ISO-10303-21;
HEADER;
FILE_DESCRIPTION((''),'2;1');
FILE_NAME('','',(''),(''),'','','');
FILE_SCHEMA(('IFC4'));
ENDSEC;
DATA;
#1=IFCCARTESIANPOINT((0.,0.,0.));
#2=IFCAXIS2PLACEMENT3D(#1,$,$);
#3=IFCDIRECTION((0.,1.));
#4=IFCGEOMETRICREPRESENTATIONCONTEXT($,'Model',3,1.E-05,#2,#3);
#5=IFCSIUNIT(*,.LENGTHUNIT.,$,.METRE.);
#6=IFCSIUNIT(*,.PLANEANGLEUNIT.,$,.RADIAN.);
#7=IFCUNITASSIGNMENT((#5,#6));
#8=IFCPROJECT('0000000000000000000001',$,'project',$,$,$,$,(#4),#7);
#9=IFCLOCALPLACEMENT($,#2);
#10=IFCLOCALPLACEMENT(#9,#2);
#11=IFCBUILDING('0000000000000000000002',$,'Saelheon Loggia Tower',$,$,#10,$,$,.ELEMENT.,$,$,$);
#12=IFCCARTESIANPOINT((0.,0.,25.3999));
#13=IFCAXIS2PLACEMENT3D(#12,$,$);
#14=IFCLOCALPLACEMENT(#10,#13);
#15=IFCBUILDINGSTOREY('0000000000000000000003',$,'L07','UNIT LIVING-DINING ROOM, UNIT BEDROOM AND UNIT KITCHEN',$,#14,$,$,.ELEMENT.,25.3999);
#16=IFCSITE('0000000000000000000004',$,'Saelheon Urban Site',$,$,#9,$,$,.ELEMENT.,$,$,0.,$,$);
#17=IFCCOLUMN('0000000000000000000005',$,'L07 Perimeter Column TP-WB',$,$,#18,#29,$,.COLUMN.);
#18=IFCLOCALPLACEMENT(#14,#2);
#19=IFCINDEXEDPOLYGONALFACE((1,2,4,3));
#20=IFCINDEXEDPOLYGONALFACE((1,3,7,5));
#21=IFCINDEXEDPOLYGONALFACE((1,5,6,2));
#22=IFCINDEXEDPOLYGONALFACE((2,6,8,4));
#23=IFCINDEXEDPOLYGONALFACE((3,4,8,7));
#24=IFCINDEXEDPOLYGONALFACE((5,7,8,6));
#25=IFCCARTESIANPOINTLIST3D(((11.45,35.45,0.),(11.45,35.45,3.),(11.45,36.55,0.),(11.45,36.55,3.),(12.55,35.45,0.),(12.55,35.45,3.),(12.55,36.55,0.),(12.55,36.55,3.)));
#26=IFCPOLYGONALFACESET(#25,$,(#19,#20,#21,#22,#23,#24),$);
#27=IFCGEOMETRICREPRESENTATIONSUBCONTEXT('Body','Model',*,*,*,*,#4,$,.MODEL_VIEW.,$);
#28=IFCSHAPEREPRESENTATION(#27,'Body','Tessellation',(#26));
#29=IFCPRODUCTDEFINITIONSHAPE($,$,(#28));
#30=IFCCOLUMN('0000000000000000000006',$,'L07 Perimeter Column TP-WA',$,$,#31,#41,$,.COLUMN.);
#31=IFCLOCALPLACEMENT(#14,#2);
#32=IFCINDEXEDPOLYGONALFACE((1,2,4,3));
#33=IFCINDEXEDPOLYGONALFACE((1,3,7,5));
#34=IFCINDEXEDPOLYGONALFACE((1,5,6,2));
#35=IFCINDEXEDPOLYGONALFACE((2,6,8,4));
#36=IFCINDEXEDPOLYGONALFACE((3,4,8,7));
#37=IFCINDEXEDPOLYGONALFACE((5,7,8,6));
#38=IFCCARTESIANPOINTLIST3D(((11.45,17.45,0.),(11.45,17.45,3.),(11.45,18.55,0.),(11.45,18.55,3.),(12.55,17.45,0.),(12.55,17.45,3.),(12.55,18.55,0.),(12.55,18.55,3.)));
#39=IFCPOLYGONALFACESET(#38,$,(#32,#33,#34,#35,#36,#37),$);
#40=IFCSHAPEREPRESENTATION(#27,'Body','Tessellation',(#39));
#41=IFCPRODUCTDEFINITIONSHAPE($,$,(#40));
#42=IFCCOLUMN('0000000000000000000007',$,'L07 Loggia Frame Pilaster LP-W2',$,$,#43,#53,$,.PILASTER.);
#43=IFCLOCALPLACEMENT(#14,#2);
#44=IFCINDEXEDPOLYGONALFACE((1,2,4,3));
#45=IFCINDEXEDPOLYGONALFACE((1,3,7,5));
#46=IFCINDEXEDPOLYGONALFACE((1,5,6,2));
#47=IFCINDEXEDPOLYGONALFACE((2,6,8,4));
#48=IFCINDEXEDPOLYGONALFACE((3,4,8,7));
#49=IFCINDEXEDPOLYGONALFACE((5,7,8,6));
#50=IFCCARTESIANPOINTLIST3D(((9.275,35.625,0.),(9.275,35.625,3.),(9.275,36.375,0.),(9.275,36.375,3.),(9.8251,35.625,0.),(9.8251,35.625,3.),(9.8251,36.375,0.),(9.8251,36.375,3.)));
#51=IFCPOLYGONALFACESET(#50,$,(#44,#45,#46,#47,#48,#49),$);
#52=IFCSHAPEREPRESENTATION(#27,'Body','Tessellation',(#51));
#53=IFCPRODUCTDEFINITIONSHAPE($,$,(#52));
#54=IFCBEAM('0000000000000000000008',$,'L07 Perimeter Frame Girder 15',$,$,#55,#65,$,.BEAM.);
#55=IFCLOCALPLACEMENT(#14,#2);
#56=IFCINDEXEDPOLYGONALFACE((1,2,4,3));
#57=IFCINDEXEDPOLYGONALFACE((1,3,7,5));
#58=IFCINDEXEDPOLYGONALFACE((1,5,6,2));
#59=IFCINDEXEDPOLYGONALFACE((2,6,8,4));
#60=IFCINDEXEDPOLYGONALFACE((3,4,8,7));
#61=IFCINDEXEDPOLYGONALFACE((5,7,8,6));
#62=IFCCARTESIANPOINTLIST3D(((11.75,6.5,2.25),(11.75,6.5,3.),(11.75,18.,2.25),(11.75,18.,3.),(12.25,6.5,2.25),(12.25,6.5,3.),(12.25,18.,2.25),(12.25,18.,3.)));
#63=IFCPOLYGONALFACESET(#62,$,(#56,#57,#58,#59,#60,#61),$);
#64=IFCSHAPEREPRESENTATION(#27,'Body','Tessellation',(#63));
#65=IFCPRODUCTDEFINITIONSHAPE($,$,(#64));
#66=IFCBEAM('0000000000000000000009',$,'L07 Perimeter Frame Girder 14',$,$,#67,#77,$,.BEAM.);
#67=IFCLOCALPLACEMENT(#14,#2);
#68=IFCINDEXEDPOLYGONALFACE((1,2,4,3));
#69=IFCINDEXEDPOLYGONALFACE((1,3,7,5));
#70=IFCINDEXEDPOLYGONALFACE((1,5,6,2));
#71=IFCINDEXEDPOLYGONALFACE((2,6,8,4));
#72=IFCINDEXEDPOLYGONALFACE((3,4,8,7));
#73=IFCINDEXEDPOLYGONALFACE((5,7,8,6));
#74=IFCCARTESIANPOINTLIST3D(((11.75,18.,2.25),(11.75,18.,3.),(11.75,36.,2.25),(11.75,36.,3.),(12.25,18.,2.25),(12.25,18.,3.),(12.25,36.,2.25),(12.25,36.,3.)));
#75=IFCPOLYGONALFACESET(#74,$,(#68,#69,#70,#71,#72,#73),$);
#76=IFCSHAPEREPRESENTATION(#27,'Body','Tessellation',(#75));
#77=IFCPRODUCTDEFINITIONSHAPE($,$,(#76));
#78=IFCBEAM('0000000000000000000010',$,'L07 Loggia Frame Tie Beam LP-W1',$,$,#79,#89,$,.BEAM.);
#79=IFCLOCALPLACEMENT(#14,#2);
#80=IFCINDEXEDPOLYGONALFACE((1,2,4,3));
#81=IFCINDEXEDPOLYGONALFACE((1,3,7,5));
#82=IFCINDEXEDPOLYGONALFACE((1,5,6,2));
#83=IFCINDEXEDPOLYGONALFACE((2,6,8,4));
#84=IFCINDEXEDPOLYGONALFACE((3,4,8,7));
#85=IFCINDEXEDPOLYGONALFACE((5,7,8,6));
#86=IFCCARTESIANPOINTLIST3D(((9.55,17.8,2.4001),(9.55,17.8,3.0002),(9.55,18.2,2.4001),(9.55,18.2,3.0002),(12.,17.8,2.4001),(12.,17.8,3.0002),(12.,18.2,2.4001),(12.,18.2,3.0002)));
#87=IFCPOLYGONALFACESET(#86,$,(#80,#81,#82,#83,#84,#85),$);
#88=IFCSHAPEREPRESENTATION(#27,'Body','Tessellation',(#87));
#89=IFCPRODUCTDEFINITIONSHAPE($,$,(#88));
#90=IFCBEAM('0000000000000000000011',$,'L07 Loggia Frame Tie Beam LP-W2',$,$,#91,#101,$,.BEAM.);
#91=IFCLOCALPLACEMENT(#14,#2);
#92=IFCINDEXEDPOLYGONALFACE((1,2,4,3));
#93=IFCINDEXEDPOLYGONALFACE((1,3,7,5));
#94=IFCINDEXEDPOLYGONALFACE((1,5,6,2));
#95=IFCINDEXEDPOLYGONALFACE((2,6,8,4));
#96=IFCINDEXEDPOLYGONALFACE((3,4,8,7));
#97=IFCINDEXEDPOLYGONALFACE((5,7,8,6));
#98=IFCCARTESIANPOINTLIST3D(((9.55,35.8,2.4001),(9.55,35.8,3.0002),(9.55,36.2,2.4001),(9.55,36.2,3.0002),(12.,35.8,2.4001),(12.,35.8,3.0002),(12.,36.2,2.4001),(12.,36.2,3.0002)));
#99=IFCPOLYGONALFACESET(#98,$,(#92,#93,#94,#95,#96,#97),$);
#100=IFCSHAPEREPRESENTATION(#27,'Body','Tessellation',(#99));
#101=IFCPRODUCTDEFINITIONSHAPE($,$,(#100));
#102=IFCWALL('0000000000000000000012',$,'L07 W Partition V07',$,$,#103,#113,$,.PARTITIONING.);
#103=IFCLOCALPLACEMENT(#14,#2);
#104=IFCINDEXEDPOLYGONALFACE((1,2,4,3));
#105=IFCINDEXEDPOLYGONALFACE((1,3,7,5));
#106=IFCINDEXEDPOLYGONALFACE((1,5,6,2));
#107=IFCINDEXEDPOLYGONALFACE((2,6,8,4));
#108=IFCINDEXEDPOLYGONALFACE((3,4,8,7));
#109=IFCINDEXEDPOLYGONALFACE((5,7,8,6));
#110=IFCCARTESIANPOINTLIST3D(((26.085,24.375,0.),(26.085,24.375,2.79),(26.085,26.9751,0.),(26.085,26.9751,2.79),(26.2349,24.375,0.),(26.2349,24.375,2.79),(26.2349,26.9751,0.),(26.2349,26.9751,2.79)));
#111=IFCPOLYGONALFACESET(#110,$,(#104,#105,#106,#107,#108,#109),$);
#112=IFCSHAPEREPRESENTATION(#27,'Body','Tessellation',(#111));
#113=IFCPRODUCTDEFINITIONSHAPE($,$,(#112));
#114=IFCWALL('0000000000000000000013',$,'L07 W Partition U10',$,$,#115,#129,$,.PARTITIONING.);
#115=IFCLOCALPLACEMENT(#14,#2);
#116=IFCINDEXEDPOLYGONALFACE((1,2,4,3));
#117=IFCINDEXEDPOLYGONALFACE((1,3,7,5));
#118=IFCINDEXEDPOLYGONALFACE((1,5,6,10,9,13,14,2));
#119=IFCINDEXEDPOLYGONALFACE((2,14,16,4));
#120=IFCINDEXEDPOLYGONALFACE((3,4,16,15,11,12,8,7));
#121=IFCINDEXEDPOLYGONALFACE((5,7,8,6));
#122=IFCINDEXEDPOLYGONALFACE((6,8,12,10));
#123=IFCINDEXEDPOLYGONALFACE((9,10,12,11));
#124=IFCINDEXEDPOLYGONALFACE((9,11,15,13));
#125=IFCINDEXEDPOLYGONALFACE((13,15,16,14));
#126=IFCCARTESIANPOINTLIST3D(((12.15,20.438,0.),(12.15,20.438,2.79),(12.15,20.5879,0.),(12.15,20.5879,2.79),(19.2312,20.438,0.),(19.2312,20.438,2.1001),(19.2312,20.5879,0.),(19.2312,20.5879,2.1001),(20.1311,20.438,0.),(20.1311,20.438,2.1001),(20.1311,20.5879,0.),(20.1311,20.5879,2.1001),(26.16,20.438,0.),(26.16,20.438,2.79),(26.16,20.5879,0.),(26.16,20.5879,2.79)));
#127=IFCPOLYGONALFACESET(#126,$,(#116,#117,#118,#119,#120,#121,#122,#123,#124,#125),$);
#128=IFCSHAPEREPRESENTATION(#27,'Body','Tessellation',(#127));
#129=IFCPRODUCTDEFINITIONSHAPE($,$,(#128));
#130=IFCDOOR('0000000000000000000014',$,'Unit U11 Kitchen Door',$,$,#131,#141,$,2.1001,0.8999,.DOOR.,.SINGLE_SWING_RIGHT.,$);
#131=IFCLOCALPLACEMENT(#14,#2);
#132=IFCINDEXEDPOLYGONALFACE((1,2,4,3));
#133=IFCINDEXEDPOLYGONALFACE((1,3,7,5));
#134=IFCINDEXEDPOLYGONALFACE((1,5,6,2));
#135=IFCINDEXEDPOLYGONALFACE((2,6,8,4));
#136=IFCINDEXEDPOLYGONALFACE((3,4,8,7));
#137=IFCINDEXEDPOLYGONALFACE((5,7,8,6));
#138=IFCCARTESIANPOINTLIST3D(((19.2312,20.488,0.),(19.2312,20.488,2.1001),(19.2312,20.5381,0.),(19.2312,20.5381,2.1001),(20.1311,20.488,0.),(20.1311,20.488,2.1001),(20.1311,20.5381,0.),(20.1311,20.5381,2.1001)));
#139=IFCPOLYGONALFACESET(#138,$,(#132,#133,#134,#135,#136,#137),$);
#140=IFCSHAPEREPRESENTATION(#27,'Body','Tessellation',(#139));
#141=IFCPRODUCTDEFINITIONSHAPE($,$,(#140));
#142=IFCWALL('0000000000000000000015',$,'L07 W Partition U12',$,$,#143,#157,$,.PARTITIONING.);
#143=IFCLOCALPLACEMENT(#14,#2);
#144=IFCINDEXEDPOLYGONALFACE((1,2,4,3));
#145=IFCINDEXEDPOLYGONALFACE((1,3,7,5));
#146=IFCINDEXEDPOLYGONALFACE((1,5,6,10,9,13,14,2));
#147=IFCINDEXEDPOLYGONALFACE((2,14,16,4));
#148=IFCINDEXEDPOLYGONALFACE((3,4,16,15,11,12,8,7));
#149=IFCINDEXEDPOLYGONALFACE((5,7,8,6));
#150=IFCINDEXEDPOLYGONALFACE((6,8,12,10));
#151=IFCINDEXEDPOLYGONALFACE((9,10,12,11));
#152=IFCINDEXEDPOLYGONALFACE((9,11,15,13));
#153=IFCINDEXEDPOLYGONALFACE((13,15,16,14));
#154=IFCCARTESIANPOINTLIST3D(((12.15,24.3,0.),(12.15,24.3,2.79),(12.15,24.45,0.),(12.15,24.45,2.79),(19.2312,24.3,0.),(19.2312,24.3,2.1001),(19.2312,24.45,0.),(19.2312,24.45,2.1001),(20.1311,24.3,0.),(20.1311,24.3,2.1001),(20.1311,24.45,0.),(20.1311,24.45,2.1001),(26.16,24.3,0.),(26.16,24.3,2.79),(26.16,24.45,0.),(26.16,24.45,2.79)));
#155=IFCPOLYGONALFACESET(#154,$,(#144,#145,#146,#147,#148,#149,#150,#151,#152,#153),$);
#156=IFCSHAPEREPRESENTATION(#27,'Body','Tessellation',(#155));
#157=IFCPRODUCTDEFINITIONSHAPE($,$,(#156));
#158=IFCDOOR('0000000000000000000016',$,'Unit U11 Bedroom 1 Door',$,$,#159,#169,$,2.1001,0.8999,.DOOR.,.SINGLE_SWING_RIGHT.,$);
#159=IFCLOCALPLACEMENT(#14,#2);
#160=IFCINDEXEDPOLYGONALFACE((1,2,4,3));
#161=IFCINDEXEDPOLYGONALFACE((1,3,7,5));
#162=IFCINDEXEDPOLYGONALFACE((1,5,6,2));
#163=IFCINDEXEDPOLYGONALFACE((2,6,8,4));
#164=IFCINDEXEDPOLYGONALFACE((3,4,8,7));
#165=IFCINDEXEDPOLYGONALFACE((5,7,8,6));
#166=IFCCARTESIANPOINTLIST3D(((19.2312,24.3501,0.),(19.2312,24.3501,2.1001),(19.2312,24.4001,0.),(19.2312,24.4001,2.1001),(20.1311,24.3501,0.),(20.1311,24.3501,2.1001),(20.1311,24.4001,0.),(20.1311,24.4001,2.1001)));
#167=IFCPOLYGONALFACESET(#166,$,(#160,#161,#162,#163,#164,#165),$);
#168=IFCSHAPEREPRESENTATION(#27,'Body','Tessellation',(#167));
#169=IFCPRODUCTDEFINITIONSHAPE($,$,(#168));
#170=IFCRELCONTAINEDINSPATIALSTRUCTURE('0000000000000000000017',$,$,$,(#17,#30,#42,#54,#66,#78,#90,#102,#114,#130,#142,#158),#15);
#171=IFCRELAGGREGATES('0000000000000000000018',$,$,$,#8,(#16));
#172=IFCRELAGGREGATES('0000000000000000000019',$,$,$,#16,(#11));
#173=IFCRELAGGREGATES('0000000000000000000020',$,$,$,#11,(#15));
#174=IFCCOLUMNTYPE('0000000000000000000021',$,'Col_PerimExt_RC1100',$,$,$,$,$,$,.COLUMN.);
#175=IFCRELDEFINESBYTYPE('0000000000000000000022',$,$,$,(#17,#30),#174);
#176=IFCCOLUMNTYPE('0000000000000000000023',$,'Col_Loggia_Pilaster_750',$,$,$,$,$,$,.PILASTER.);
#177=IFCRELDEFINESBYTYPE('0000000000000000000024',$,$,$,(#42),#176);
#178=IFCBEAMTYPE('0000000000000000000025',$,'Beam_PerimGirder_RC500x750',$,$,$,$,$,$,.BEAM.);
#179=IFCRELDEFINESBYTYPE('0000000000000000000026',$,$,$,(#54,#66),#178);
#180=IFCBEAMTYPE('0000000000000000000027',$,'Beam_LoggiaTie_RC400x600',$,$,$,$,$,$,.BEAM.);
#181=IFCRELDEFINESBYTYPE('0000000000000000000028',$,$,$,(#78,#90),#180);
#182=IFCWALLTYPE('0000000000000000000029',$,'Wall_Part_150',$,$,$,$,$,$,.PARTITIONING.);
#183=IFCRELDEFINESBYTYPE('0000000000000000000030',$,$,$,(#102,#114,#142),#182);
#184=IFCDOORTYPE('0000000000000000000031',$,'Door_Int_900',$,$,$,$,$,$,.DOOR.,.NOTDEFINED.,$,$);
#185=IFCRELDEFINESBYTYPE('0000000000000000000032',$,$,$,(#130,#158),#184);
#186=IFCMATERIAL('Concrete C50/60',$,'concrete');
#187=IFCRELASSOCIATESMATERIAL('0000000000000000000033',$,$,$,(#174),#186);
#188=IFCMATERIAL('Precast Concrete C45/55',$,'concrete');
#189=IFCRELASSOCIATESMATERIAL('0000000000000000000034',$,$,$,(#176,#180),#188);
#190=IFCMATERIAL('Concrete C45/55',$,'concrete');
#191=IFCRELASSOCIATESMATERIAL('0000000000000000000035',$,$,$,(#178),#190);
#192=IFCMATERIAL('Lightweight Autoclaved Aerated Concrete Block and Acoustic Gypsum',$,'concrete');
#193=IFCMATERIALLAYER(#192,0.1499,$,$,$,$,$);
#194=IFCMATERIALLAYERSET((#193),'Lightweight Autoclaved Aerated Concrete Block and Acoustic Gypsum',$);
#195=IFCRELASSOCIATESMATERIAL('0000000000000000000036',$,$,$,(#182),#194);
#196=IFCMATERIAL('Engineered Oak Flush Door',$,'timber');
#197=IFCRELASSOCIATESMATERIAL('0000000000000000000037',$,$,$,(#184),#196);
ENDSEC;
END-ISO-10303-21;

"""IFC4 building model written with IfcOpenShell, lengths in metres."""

from ifc_helpers import new_model, si_unit, direction, frame, frame_2d, origin, origin_2d, place, context, subcontext, project, spatial, rectangle, extrude, source, transform, mapped, material, layer, layer_set, material_profile, profile_set, type_object, element, fill, save


model = new_model("IFC4")

# Units and contexts
model_context = context("Model", 3, precision=1e-05, world=origin(), true_north=direction((0.0, 1.0)))
body_context = subcontext(model_context, "Body", "Model", "MODEL_VIEW")
ifc_project = project(units=[si_unit("LENGTHUNIT", "METRE"), si_unit("PLANEANGLEUNIT", "RADIAN")], contexts=[model_context])

# Site, building, storey
site_placement = place(None, origin())
site = spatial("IfcSite", under=ifc_project, at=site_placement, Name="Saelheon Urban Site", CompositionType="ELEMENT", RefElevation=0.0)
building_placement = place(site_placement, origin())
building = spatial("IfcBuilding", under=site, at=building_placement, Name="Saelheon Loggia Tower", CompositionType="ELEMENT")
storey_placement = place(building_placement, frame((0.0, 0.0, 25.3999)))
storey = spatial("IfcBuildingStorey", under=building, at=storey_placement, Name="L07", Description="UNIT LIVING-DINING ROOM, UNIT BEDROOM AND UNIT KITCHEN", CompositionType="ELEMENT", Elevation=25.3999)

# Columns
ifc_material_1 = material(Name="Concrete C50/60", Category="concrete")
ifc_material_profile_1 = material_profile(ifc_material_1, rectangle(XDim=1.1001, YDim=1.1001, at=origin_2d()), Name="RC-1100x1100")
ifc_profile_set_1 = profile_set([ifc_material_profile_1], Name="Concrete C50/60")
column_type_1 = type_object("IfcColumnType", Name="Col_PerimExt_RC1100", PredefinedType="COLUMN", material=ifc_profile_set_1)
shared_shape_1 = source(origin(), body_context, "Body", "SweptSolid", [
    extrude(rectangle(XDim=1.1001, YDim=1.1001, at=origin_2d()), origin(), (0.0, 0.0, 1.0), 3.0),
])
for number, where, z_axis, x_axis, name in (
    (1, (12.0, 36.0, 0.0), (0.0, 0.0, 1.0), (1.0, 0.0, 0.0), "L07 Perimeter Column TP-WB"),
    (2, (12.0, 18.0, 0.0), (0.0, 0.0, 1.0), (1.0, 0.0, 0.0), "L07 Perimeter Column TP-WA"),
):
    element("IfcColumn", number, at=place(storey_placement, frame(where, z_axis=z_axis, x_axis=x_axis)), inside=storey, type_object=column_type_1, Name=name, PredefinedType="COLUMN", context=body_context, shape_type="MappedRepresentation", body=[
        mapped(shared_shape_1, transform((0.0, 0.0, 0.0), scale=1.0)),
    ])
ifc_material_2 = material(Name="Precast Concrete C45/55", Category="concrete")
ifc_material_profile_2 = material_profile(ifc_material_2, rectangle(XDim=0.55, YDim=0.75, at=origin_2d()), Name="RC-550x750")
ifc_profile_set_2 = profile_set([ifc_material_profile_2], Name="Precast Concrete C45/55")
column_type_2 = type_object("IfcColumnType", Name="Col_Loggia_Pilaster_750", PredefinedType="PILASTER", material=ifc_profile_set_2)
shared_shape_2 = source(origin(), body_context, "Body", "SweptSolid", [
    extrude(rectangle(XDim=0.55, YDim=0.75, at=origin_2d()), origin(), (0.0, 0.0, 1.0), 3.0),
])
column_placement = place(storey_placement, frame((9.55, 36.0, 0.0), z_axis=(0.0, 0.0, 1.0), x_axis=(1.0, 0.0, 0.0)))
element("IfcColumn", 3, at=column_placement, inside=storey, type_object=column_type_2, Name="L07 Loggia Frame Pilaster LP-W2", PredefinedType="PILASTER", context=body_context, shape_type="MappedRepresentation", body=[
    mapped(shared_shape_2, transform((0.0, 0.0, 0.0), scale=1.0)),
])

# Beams
ifc_material_3 = material(Name="Concrete C45/55", Category="concrete")
ifc_material_profile_3 = material_profile(ifc_material_3, rectangle(XDim=0.5, YDim=0.75, at=origin_2d()), Name="RC-500x750")
ifc_profile_set_3 = profile_set([ifc_material_profile_3], Name="Concrete C45/55")
beam_type_1 = type_object("IfcBeamType", Name="Beam_PerimGirder_RC500x750", PredefinedType="BEAM", material=ifc_profile_set_3)
shared_shape_3 = source(origin(), body_context, "Body", "SweptSolid", [
    extrude(rectangle(XDim=0.5, YDim=0.75, at=origin_2d()), origin(), (0.0, 0.0, 1.0), 11.5),
])
beam_1_placement = place(storey_placement, frame((12.0, 18.0, 2.625), z_axis=(0.0, -1.0, 0.0), x_axis=(1.0, 0.0, 0.0)))
element("IfcBeam", 4, at=beam_1_placement, inside=storey, type_object=beam_type_1, Name="L07 Perimeter Frame Girder 15", PredefinedType="BEAM", context=body_context, shape_type="MappedRepresentation", body=[
    mapped(shared_shape_3, transform((0.0, 0.0, 0.0), scale=1.0)),
])
shared_shape_4 = source(origin(), body_context, "Body", "SweptSolid", [
    extrude(rectangle(XDim=0.5, YDim=0.75, at=origin_2d()), origin(), (0.0, 0.0, 1.0), 18.0),
])
beam_2_placement = place(storey_placement, frame((12.0, 36.0, 2.625), z_axis=(0.0, -1.0, 0.0), x_axis=(1.0, 0.0, 0.0)))
element("IfcBeam", 5, at=beam_2_placement, inside=storey, type_object=beam_type_1, Name="L07 Perimeter Frame Girder 14", PredefinedType="BEAM", context=body_context, shape_type="MappedRepresentation", body=[
    mapped(shared_shape_4, transform((0.0, 0.0, 0.0), scale=1.0)),
])
ifc_material_profile_4 = material_profile(ifc_material_2, rectangle(XDim=0.3999, YDim=0.6001, at=origin_2d()), Name="RC-400x600")
ifc_profile_set_4 = profile_set([ifc_material_profile_4], Name="Precast Concrete C45/55")
beam_type_2 = type_object("IfcBeamType", Name="Beam_LoggiaTie_RC400x600", PredefinedType="BEAM", material=ifc_profile_set_4)
shared_shape_5 = source(origin(), body_context, "Body", "SweptSolid", [
    extrude(rectangle(XDim=0.3999, YDim=0.6001, at=origin_2d()), origin(), (0.0, 0.0, 1.0), 2.45),
])
for number, where, z_axis, x_axis, name in (
    (6, (12.0, 18.0, 2.7002), (-1.0, 0.0, 0.0), (0.0, -1.0, 0.0), "L07 Loggia Frame Tie Beam LP-W1"),
    (7, (12.0, 36.0, 2.7002), (-1.0, 0.0, 0.0), (0.0, -1.0, 0.0), "L07 Loggia Frame Tie Beam LP-W2"),
):
    element("IfcBeam", number, at=place(storey_placement, frame(where, z_axis=z_axis, x_axis=x_axis)), inside=storey, type_object=beam_type_2, Name=name, PredefinedType="BEAM", context=body_context, shape_type="MappedRepresentation", body=[
        mapped(shared_shape_5, transform((0.0, 0.0, 0.0), scale=1.0)),
    ])

# Wall
ifc_material_4 = material(Name="Lightweight Autoclaved Aerated Concrete Block and Acoustic Gypsum", Category="concrete")
ifc_layer_1 = layer(ifc_material_4, 0.1499)
ifc_layer_set_1 = layer_set([ifc_layer_1], Name="Lightweight Autoclaved Aerated Concrete Block and Acoustic Gypsum")
wall_type_1 = type_object("IfcWallType", Name="Wall_Part_150", PredefinedType="PARTITIONING", material=ifc_layer_set_1)
wall_1_placement = place(storey_placement, frame((26.1599, 24.375, 0.0), z_axis=(0.0, 0.0, 1.0), x_axis=(0.0, 1.0, 0.0)))
element("IfcWall", 8, at=wall_1_placement, inside=storey, type_object=wall_type_1, Name="L07 W Partition V07", PredefinedType="PARTITIONING", context=body_context, shape_type="SweptSolid", body=[
    extrude(rectangle(XDim=2.6001, YDim=0.1499, at=frame_2d((1.3, 0.0))), origin(), (0.0, 0.0, 1.0), 2.79),
])

# Walls, openings, doors
wall_2_placement = place(storey_placement, frame((26.1599, 20.5129, 0.0), z_axis=(0.0, 0.0, 1.0), x_axis=(-1.0, 0.0, 0.0)))
wall_2 = element("IfcWall", 9, at=wall_2_placement, inside=storey, type_object=wall_type_1, Name="L07 W Partition U10", PredefinedType="PARTITIONING", context=body_context, shape_type="SweptSolid", body=[
    extrude(rectangle(XDim=14.01, YDim=0.1499, at=frame_2d((7.0049, 0.0))), origin(), (0.0, 0.0, 1.0), 2.79),
])
opening_1_placement = place(wall_2_placement, frame((6.0288, 0.0, 0.0)))
opening_1 = element("IfcOpeningElement", 10, at=opening_1_placement, cuts=wall_2, PredefinedType="OPENING", context=body_context, shape_type="SweptSolid", body=[
    extrude(rectangle(XDim=0.8999, YDim=2.1001, at=frame_2d((0.45, 1.05))), frame((0.0, 0.0869, 0.0), z_axis=(0.0, -1.0, 0.0), x_axis=(1.0, 0.0, 0.0)), (0.0, 0.0, 1.0), 0.1738),
])
ifc_material_5 = material(Name="Engineered Oak Flush Door", Category="timber")
door_type_1 = type_object("IfcDoorType", Name="Door_Int_900", OperationType="NOTDEFINED", PredefinedType="DOOR", material=ifc_material_5)
shared_shape_6 = source(origin(), body_context, "Body", "SweptSolid", [
    extrude(rectangle(XDim=0.8999, YDim=2.1001, at=frame_2d((0.45, 1.05))), frame((0.0, 0.0249, 0.0), z_axis=(0.0, -1.0, 0.0), x_axis=(1.0, 0.0, 0.0)), (0.0, 0.0, 1.0), 0.05),
])
door_1_placement = place(opening_1_placement, origin())
door_1 = element("IfcDoor", 11, at=door_1_placement, inside=storey, type_object=door_type_1, Name="Unit U11 Kitchen Door", OperationType="SINGLE_SWING_RIGHT", OverallHeight=2.1001, OverallWidth=0.8999, PredefinedType="DOOR", context=body_context, shape_type="MappedRepresentation", body=[
    mapped(shared_shape_6, transform((0.0, 0.0, 0.0), scale=1.0)),
])
fill(opening_1, door_1)
wall_3_placement = place(storey_placement, frame((26.1599, 24.375, 0.0), z_axis=(0.0, 0.0, 1.0), x_axis=(-1.0, 0.0, 0.0)))
wall_3 = element("IfcWall", 12, at=wall_3_placement, inside=storey, type_object=wall_type_1, Name="L07 W Partition U12", PredefinedType="PARTITIONING", context=body_context, shape_type="SweptSolid", body=[
    extrude(rectangle(XDim=14.01, YDim=0.1499, at=frame_2d((7.0049, 0.0))), origin(), (0.0, 0.0, 1.0), 2.79),
])
opening_2_placement = place(wall_3_placement, frame((6.0288, 0.0, 0.0)))
opening_2 = element("IfcOpeningElement", 13, at=opening_2_placement, cuts=wall_3, PredefinedType="OPENING", context=body_context, shape_type="SweptSolid", body=[
    extrude(rectangle(XDim=0.8999, YDim=2.1001, at=frame_2d((0.45, 1.05))), frame((0.0, 0.0869, 0.0), z_axis=(0.0, -1.0, 0.0), x_axis=(1.0, 0.0, 0.0)), (0.0, 0.0, 1.0), 0.1738),
])
door_2_placement = place(opening_2_placement, origin())
door_2 = element("IfcDoor", 14, at=door_2_placement, inside=storey, type_object=door_type_1, Name="Unit U11 Bedroom 1 Door", OperationType="SINGLE_SWING_RIGHT", OverallHeight=2.1001, OverallWidth=0.8999, PredefinedType="DOOR", context=body_context, shape_type="MappedRepresentation", body=[
    mapped(shared_shape_6, transform((0.0, 0.0, 0.0), scale=1.0)),
])
fill(opening_2, door_2)

save(model, "model.ifc")
